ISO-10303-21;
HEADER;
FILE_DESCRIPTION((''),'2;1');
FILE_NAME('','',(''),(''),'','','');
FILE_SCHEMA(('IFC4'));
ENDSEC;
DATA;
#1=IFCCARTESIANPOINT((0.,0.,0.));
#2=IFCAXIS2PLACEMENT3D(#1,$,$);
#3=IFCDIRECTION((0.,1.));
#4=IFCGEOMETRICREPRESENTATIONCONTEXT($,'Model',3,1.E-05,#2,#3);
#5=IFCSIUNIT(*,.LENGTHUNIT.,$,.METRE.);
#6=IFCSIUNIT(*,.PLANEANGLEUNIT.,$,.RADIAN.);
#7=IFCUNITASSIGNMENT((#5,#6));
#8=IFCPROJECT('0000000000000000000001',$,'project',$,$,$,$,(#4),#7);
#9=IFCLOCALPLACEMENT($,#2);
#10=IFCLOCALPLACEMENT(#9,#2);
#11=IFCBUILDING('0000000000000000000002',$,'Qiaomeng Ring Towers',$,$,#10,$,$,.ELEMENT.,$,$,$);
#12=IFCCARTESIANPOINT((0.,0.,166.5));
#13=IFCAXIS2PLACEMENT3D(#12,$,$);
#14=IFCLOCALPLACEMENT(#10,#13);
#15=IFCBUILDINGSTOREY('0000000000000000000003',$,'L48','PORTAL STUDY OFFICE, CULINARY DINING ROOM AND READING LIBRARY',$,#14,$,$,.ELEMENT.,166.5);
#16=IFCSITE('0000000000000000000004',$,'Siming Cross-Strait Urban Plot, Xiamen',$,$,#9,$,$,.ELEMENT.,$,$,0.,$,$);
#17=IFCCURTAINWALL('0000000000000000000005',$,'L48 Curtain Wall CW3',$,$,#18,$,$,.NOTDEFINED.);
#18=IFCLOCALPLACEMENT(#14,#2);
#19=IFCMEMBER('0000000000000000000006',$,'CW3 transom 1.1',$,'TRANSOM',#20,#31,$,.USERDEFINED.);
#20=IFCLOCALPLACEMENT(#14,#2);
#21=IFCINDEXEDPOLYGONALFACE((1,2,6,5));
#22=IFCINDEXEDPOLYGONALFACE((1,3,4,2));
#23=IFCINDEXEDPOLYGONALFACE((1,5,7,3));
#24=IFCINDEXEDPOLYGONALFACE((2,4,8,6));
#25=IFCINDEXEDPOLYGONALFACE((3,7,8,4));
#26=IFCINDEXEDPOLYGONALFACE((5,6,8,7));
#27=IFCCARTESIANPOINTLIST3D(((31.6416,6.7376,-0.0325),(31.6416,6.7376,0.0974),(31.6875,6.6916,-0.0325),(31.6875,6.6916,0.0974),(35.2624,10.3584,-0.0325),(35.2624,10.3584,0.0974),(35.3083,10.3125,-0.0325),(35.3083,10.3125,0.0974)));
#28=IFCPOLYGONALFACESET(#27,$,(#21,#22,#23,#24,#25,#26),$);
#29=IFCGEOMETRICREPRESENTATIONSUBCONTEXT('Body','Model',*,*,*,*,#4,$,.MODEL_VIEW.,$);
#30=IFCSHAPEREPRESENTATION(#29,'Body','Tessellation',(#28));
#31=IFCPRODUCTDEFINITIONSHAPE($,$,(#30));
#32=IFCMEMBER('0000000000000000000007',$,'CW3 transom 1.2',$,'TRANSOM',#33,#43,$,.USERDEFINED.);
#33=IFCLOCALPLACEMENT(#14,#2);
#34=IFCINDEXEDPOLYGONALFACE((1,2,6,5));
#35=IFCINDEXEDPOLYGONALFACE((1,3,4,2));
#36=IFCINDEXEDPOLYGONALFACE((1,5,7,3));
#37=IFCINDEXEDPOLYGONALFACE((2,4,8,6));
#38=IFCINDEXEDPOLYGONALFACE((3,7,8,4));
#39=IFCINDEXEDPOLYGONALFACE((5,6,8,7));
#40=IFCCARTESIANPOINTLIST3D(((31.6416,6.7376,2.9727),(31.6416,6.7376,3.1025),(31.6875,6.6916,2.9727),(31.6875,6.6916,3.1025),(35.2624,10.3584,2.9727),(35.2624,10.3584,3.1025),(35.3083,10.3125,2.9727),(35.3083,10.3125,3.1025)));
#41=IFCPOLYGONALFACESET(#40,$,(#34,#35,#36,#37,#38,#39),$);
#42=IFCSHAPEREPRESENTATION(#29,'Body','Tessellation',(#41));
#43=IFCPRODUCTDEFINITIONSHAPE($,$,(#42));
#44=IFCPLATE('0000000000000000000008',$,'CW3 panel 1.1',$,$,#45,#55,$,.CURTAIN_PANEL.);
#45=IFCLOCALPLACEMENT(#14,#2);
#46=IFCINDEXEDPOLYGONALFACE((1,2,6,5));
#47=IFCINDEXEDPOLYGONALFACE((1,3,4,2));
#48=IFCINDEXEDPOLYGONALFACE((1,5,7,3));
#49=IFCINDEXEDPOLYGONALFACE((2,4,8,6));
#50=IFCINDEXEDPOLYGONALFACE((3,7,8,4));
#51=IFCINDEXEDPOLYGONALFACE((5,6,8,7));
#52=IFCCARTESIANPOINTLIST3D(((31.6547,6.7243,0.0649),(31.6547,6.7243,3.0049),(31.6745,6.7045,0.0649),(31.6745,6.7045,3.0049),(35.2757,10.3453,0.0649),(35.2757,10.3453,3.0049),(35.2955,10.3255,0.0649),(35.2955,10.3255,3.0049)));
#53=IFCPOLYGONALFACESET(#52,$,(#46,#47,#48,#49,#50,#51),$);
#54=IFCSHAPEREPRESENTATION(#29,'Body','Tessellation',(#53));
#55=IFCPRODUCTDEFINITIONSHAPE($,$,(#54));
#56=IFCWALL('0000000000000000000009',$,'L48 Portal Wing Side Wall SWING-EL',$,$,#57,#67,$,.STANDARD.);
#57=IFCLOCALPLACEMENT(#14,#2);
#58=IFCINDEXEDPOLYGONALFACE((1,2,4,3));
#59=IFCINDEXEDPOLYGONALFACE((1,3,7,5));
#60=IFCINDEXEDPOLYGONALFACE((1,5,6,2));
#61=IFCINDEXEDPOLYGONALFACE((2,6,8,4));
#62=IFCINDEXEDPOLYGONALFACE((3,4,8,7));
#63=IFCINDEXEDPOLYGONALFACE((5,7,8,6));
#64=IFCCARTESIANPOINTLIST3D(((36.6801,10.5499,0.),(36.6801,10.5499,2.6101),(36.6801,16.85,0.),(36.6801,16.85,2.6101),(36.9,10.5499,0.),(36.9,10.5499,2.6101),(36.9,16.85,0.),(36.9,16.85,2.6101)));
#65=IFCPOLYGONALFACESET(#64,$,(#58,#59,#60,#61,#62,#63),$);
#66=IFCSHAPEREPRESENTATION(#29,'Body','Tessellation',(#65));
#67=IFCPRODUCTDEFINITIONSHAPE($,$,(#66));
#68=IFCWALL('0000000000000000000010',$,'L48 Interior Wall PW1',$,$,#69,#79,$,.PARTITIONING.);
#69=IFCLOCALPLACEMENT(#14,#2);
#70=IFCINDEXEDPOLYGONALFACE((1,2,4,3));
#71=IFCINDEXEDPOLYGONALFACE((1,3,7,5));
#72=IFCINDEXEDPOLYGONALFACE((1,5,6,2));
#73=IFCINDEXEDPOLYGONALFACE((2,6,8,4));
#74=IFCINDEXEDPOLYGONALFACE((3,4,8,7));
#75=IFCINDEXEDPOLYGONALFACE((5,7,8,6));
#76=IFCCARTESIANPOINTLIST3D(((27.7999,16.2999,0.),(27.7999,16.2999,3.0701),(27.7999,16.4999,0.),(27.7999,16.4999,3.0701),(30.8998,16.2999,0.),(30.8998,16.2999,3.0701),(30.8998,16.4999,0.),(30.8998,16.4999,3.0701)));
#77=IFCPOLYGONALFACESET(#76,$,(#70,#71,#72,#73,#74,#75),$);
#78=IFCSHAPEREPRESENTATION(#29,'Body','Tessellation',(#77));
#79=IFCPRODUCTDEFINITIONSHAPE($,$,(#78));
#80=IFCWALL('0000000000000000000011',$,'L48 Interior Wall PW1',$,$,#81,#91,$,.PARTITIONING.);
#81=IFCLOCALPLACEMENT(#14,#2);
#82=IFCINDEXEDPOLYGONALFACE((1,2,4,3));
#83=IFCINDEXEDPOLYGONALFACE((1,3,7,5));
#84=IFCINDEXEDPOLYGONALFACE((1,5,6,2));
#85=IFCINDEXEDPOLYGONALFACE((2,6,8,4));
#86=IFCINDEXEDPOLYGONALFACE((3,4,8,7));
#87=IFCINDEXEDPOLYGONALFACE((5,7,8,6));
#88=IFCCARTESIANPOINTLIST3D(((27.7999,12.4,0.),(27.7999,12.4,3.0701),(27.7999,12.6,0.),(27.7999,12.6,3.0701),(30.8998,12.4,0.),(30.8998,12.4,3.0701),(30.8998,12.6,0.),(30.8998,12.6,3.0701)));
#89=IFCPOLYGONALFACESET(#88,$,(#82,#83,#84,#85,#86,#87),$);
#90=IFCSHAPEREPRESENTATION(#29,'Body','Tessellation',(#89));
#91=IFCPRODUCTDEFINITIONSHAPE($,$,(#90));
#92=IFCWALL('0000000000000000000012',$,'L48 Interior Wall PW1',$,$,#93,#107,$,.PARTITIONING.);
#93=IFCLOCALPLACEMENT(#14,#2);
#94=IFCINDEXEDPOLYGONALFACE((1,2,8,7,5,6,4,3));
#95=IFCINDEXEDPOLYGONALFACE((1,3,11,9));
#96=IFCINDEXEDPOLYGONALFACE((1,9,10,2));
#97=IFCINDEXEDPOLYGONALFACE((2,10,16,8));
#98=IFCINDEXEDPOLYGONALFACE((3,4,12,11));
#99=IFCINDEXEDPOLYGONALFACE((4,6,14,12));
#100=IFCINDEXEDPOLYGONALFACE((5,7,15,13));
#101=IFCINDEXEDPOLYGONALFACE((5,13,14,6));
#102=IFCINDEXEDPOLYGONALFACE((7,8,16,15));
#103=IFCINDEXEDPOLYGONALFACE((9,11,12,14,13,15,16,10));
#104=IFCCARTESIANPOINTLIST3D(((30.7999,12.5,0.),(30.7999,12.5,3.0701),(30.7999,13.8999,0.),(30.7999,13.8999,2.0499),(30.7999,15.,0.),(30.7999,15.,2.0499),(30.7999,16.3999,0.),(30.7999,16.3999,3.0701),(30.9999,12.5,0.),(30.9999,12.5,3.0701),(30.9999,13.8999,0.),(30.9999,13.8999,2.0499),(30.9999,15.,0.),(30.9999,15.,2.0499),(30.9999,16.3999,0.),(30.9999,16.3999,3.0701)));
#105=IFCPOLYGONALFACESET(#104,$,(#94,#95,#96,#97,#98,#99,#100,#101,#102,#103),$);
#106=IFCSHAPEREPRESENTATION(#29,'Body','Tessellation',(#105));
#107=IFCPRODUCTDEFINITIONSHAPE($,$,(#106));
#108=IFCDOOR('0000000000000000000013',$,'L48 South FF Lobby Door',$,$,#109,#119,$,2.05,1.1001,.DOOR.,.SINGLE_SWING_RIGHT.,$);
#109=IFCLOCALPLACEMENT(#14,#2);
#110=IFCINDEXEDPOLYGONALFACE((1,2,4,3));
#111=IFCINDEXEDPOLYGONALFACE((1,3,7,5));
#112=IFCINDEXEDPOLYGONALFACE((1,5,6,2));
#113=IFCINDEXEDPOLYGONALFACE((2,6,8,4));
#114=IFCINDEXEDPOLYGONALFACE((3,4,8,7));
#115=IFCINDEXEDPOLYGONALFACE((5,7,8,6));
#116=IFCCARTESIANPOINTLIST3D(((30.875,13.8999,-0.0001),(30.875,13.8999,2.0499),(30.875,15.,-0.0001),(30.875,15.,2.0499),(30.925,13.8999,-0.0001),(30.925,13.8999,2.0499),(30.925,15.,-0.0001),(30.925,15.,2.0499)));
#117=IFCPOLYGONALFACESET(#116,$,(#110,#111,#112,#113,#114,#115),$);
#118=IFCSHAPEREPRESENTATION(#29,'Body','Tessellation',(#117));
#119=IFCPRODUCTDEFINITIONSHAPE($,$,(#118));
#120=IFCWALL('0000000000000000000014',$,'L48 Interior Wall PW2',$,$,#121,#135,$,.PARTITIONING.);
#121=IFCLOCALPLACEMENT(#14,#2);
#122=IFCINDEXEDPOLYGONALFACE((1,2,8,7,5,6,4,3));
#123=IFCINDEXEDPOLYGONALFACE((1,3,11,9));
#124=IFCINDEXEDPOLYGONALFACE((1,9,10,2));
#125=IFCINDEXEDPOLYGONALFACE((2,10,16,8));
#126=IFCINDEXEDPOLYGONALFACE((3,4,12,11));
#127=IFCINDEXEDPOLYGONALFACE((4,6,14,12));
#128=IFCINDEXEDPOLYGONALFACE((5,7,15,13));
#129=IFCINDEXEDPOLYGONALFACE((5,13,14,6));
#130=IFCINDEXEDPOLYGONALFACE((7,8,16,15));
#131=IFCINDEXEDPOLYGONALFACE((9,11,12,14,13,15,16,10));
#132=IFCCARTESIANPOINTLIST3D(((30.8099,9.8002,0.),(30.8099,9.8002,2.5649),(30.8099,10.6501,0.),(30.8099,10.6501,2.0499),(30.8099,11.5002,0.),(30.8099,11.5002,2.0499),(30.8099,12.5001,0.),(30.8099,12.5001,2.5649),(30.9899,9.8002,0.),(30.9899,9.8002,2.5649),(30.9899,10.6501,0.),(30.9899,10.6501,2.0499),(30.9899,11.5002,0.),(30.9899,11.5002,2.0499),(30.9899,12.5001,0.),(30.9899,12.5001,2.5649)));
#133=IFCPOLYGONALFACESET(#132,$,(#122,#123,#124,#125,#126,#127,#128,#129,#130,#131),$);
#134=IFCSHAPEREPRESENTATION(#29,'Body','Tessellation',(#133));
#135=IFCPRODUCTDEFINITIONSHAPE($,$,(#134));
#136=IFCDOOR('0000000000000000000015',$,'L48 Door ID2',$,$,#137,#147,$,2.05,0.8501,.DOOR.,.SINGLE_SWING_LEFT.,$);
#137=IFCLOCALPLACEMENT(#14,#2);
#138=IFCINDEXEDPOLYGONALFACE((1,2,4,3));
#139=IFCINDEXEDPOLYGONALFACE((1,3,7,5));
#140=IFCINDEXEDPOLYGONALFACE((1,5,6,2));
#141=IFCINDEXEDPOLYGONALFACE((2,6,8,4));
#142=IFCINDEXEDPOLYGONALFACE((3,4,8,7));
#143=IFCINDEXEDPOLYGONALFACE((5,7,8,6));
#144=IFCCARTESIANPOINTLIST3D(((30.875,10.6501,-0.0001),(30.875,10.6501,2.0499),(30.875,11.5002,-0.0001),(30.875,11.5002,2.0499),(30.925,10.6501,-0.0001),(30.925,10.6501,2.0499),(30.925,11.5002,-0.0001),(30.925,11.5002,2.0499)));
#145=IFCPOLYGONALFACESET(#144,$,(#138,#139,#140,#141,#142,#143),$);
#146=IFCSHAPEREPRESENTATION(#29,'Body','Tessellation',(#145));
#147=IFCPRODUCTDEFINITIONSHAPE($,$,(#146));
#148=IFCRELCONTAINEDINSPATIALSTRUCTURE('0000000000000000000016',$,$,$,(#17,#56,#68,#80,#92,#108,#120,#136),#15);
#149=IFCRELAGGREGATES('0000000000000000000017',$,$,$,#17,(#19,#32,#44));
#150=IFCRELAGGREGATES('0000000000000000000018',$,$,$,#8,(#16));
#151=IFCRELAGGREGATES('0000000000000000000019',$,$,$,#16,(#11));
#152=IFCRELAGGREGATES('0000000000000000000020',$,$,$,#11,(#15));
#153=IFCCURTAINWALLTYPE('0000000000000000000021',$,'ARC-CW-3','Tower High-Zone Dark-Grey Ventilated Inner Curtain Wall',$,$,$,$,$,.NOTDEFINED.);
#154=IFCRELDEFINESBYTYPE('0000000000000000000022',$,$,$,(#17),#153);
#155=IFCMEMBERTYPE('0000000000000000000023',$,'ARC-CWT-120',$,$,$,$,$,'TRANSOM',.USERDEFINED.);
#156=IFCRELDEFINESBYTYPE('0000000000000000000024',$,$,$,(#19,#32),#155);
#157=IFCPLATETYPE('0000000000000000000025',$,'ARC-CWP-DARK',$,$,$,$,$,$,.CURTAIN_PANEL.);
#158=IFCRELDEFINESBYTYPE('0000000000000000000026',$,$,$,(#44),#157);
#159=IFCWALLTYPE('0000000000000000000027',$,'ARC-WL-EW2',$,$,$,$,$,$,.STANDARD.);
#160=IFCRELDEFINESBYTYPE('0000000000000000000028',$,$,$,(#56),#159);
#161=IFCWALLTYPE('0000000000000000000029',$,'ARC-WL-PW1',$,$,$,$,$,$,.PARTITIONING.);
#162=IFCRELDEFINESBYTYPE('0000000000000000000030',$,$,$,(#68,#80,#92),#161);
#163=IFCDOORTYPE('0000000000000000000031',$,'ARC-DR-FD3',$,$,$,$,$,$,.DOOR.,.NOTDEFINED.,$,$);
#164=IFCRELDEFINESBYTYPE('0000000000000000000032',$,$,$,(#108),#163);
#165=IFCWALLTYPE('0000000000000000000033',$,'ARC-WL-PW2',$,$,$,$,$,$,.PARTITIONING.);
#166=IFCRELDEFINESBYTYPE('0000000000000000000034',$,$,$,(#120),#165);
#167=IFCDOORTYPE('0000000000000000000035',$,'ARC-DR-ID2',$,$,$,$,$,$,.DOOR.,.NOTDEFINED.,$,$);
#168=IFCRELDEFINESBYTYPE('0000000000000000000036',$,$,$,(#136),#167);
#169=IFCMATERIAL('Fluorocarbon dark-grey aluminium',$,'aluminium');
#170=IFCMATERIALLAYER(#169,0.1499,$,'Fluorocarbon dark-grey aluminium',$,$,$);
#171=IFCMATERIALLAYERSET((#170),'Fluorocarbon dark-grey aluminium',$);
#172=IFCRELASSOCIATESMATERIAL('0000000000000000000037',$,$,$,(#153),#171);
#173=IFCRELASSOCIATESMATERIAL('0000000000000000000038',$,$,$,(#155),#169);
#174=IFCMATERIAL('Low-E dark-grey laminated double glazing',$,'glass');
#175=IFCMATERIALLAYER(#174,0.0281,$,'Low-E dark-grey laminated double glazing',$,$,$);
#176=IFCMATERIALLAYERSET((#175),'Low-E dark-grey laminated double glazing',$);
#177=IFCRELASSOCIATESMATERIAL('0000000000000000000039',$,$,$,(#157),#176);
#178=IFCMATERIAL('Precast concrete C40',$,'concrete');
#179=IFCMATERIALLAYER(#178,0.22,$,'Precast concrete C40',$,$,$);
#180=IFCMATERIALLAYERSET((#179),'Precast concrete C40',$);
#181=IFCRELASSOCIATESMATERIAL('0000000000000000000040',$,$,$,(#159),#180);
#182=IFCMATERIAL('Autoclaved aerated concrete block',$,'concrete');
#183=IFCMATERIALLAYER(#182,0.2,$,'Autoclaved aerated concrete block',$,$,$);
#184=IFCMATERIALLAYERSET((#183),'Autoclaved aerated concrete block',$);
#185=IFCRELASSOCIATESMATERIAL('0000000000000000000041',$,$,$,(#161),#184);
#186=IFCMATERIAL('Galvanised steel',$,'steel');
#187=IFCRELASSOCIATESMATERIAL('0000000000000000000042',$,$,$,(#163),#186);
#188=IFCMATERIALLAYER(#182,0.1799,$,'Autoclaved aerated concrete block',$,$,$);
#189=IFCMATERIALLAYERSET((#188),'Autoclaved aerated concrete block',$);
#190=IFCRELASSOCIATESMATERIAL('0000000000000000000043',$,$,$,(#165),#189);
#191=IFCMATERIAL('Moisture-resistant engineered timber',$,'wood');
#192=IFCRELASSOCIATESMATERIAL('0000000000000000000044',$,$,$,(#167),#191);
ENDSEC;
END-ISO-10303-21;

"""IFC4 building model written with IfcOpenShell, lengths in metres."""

from ifc_helpers import new_model, si_unit, direction, frame, frame_2d, origin, origin_2d, place, context, subcontext, project, spatial, rectangle, extrude, source, transform, mapped, material, layer, layer_set, material_profile, profile_set, type_object, element, fill, aggregate, save


model = new_model("IFC4")

# Units and contexts
model_context = context("Model", 3, precision=1e-05, world=origin(), true_north=direction((0.0, 1.0)))
body_context = subcontext(model_context, "Body", "Model", "MODEL_VIEW")
ifc_project = project(units=[si_unit("LENGTHUNIT", "METRE"), si_unit("PLANEANGLEUNIT", "RADIAN")], contexts=[model_context])

# Site, building, storey
site_placement = place(None, origin())
site = spatial("IfcSite", under=ifc_project, at=site_placement, Name="Siming Cross-Strait Urban Plot, Xiamen", CompositionType="ELEMENT", RefElevation=0.0)
building_placement = place(site_placement, origin())
building = spatial("IfcBuilding", under=site, at=building_placement, Name="Qiaomeng Ring Towers", CompositionType="ELEMENT")
storey_placement = place(building_placement, frame((0.0, 0.0, 166.5)))
storey = spatial("IfcBuildingStorey", under=building, at=storey_placement, Name="L48", Description="PORTAL STUDY OFFICE, CULINARY DINING ROOM AND READING LIBRARY", CompositionType="ELEMENT", Elevation=166.5)

# Curtain wall, members, plate
ifc_material_1 = material(Name="Fluorocarbon dark-grey aluminium", Category="aluminium")
ifc_layer_1 = layer(ifc_material_1, 0.1499, Name="Fluorocarbon dark-grey aluminium")
ifc_layer_set_1 = layer_set([ifc_layer_1], Name="Fluorocarbon dark-grey aluminium")
curtain_wall_type = type_object("IfcCurtainWallType", Name="ARC-CW-3", Description="Tower High-Zone Dark-Grey Ventilated Inner Curtain Wall", PredefinedType="NOTDEFINED", material=ifc_layer_set_1)
curtain_wall_placement = place(storey_placement, origin())
curtain_wall = element("IfcCurtainWall", 1, at=curtain_wall_placement, inside=storey, type_object=curtain_wall_type, Name="L48 Curtain Wall CW3", PredefinedType="NOTDEFINED")
ifc_material_profile_1 = material_profile(ifc_material_1, rectangle(XDim=0.0649, YDim=0.1299, at=origin_2d()), Name="ALU TRAN 65x130")
ifc_profile_set_1 = profile_set([ifc_material_profile_1], Name="Fluorocarbon dark-grey aluminium")
member_type_1 = type_object("IfcMemberType", Name="ARC-CWT-120", ElementType="TRANSOM", PredefinedType="USERDEFINED", material=ifc_profile_set_1)
shared_shape_1 = source(origin(), body_context, "Body", "SweptSolid", [
    extrude(rectangle(XDim=0.0649, YDim=0.1299, at=origin_2d()), origin(), (0.0, 0.0, 1.0), 5.1206),
])
member_1_placement = place(storey_placement, frame((31.6646, 6.7146, 0.0325), z_axis=(0.707107, 0.707107, 0.0), x_axis=(-0.707107, 0.707107, 0.0)))
member_1 = element("IfcMember", 2, at=member_1_placement, type_object=member_type_1, Name="CW3 transom 1.1", ObjectType="TRANSOM", PredefinedType="USERDEFINED", context=body_context, shape_type="MappedRepresentation", body=[
    mapped(shared_shape_1, transform((0.0, 0.0, 0.0), x_axis=(1.0, 0.0, 0.0), y_axis=(0.0, 1.0, 0.0), z_axis=(0.0, 0.0, 1.0), scale=1.0)),
])
member_2_placement = place(storey_placement, frame((31.6646, 6.7146, 3.0376), z_axis=(0.707107, 0.707107, 0.0), x_axis=(-0.707107, 0.707107, 0.0)))
member_2 = element("IfcMember", 3, at=member_2_placement, type_object=member_type_1, Name="CW3 transom 1.2", ObjectType="TRANSOM", PredefinedType="USERDEFINED", context=body_context, shape_type="MappedRepresentation", body=[
    mapped(shared_shape_1, transform((0.0, 0.0, 0.0), x_axis=(1.0, 0.0, 0.0), y_axis=(0.0, 1.0, 0.0), z_axis=(0.0, 0.0, 1.0), scale=1.0)),
])
ifc_material_2 = material(Name="Low-E dark-grey laminated double glazing", Category="glass")
ifc_layer_2 = layer(ifc_material_2, 0.0281, Name="Low-E dark-grey laminated double glazing")
ifc_layer_set_2 = layer_set([ifc_layer_2], Name="Low-E dark-grey laminated double glazing")
plate_type = type_object("IfcPlateType", Name="ARC-CWP-DARK", PredefinedType="CURTAIN_PANEL", material=ifc_layer_set_2)
shared_shape_2 = source(origin(), body_context, "Body", "SweptSolid", [
    extrude(rectangle(XDim=5.1208, YDim=0.0281, at=origin_2d()), origin(), (0.0, 0.0, 1.0), 2.9399),
])
plate_placement = place(storey_placement, frame((33.4751, 8.5249, 0.0649), z_axis=(0.0, 0.0, 1.0), x_axis=(0.707107, 0.707107, 0.0)))
plate = element("IfcPlate", 4, at=plate_placement, type_object=plate_type, Name="CW3 panel 1.1", PredefinedType="CURTAIN_PANEL", context=body_context, shape_type="MappedRepresentation", body=[
    mapped(shared_shape_2, transform((0.0, 0.0, 0.0), x_axis=(1.0, 0.0, 0.0), y_axis=(0.0, 1.0, 0.0), z_axis=(0.0, 0.0, 1.0), scale=1.0)),
])
aggregate(curtain_wall, [member_1, member_2, plate])

# Walls
ifc_material_3 = material(Name="Precast concrete C40", Category="concrete")
ifc_layer_3 = layer(ifc_material_3, 0.22, Name="Precast concrete C40")
ifc_layer_set_3 = layer_set([ifc_layer_3], Name="Precast concrete C40")
wall_type_1 = type_object("IfcWallType", Name="ARC-WL-EW2", PredefinedType="STANDARD", material=ifc_layer_set_3)
wall_1_placement = place(storey_placement, frame((36.79, 10.55, 0.0), z_axis=(0.0, 0.0, 1.0), x_axis=(0.0, 1.0, 0.0)))
element("IfcWall", 5, at=wall_1_placement, inside=storey, type_object=wall_type_1, Name="L48 Portal Wing Side Wall SWING-EL", PredefinedType="STANDARD", context=body_context, shape_type="SweptSolid", body=[
    extrude(rectangle(XDim=6.3, YDim=0.22, at=frame_2d((3.1499, 0.0))), origin(), (0.0, 0.0, 1.0), 2.6101),
])
ifc_material_4 = material(Name="Autoclaved aerated concrete block", Category="concrete")
ifc_layer_4 = layer(ifc_material_4, 0.2, Name="Autoclaved aerated concrete block")
ifc_layer_set_4 = layer_set([ifc_layer_4], Name="Autoclaved aerated concrete block")
wall_type_2 = type_object("IfcWallType", Name="ARC-WL-PW1", PredefinedType="PARTITIONING", material=ifc_layer_set_4)
for number, where, z_axis, x_axis, name in (
    (6, (27.8, 16.3999, 0.0), (0.0, 0.0, 1.0), (1.0, 0.0, 0.0), "L48 Interior Wall PW1"),
    (7, (27.8, 12.5, 0.0), (0.0, 0.0, 1.0), (1.0, 0.0, 0.0), "L48 Interior Wall PW1"),
):
    element("IfcWall", number, at=place(storey_placement, frame(where, z_axis=z_axis, x_axis=x_axis)), inside=storey, type_object=wall_type_2, Name=name, PredefinedType="PARTITIONING", context=body_context, shape_type="SweptSolid", body=[
        extrude(rectangle(XDim=3.0999, YDim=0.2, at=frame_2d((1.5498, 0.0))), origin(), (0.0, 0.0, 1.0), 3.0701),
    ])

# Walls, openings, doors
wall_2_placement = place(storey_placement, frame((30.8999, 12.5, 0.0), z_axis=(0.0, 0.0, 1.0), x_axis=(0.0, 1.0, 0.0)))
wall_2 = element("IfcWall", 8, at=wall_2_placement, inside=storey, type_object=wall_type_2, Name="L48 Interior Wall PW1", PredefinedType="PARTITIONING", context=body_context, shape_type="SweptSolid", body=[
    extrude(rectangle(XDim=3.8999, YDim=0.2, at=frame_2d((1.95, 0.0))), origin(), (0.0, 0.0, 1.0), 3.0701),
])
opening_1_placement = place(wall_2_placement, frame((1.3999, 0.0, 0.0)))
opening_1 = element("IfcOpeningElement", 9, at=opening_1_placement, cuts=wall_2, PredefinedType="OPENING", context=body_context, shape_type="SweptSolid", body=[
    extrude(rectangle(XDim=1.1001, YDim=2.05, at=frame_2d((0.55, 1.0249))), frame((0.0, 0.1099, 0.0), z_axis=(0.0, -1.0, 0.0), x_axis=(1.0, 0.0, 0.0)), (0.0, 0.0, 1.0), 0.22),
])
ifc_material_5 = material(Name="Galvanised steel", Category="steel")
door_type_1 = type_object("IfcDoorType", Name="ARC-DR-FD3", OperationType="NOTDEFINED", PredefinedType="DOOR", material=ifc_material_5)
shared_shape_3 = source(origin(), body_context, "Body", "SweptSolid", [
    extrude(rectangle(XDim=1.1001, YDim=2.05, at=frame_2d((0.55, 1.0249))), frame((0.0, 0.0249, 0.0), z_axis=(0.0, -1.0, 0.0), x_axis=(1.0, 0.0, 0.0)), (0.0, 0.0, 1.0), 0.05),
])
door_1_placement = place(opening_1_placement, origin())
door_1 = element("IfcDoor", 10, at=door_1_placement, inside=storey, type_object=door_type_1, Name="L48 South FF Lobby Door", OperationType="SINGLE_SWING_RIGHT", OverallHeight=2.05, OverallWidth=1.1001, PredefinedType="DOOR", context=body_context, shape_type="MappedRepresentation", body=[
    mapped(shared_shape_3, transform((0.0, 0.0, 0.0), x_axis=(1.0, 0.0, 0.0), y_axis=(0.0, 1.0, 0.0), z_axis=(0.0, 0.0, 1.0), scale=1.0)),
])
fill(opening_1, door_1)
ifc_layer_5 = layer(ifc_material_4, 0.1799, Name="Autoclaved aerated concrete block")
ifc_layer_set_5 = layer_set([ifc_layer_5], Name="Autoclaved aerated concrete block")
wall_type_3 = type_object("IfcWallType", Name="ARC-WL-PW2", PredefinedType="PARTITIONING", material=ifc_layer_set_5)
wall_3_placement = place(storey_placement, frame((30.8999, 9.8, 0.0), z_axis=(0.0, 0.0, 1.0), x_axis=(0.0, 1.0, 0.0)))
wall_3 = element("IfcWall", 11, at=wall_3_placement, inside=storey, type_object=wall_type_3, Name="L48 Interior Wall PW2", PredefinedType="PARTITIONING", context=body_context, shape_type="SweptSolid", body=[
    extrude(rectangle(XDim=2.7, YDim=0.1799, at=frame_2d((1.3501, 0.0))), origin(), (0.0, 0.0, 1.0), 2.5649),
])
opening_2_placement = place(wall_3_placement, frame((0.8501, 0.0, 0.0)))
opening_2 = element("IfcOpeningElement", 12, at=opening_2_placement, cuts=wall_3, PredefinedType="OPENING", context=body_context, shape_type="SweptSolid", body=[
    extrude(rectangle(XDim=0.8501, YDim=2.05, at=frame_2d((0.425, 1.0249))), frame((0.0, 0.0999, 0.0), z_axis=(0.0, -1.0, 0.0), x_axis=(1.0, 0.0, 0.0)), (0.0, 0.0, 1.0), 0.2),
])
ifc_material_6 = material(Name="Moisture-resistant engineered timber", Category="wood")
door_type_2 = type_object("IfcDoorType", Name="ARC-DR-ID2", OperationType="NOTDEFINED", PredefinedType="DOOR", material=ifc_material_6)
shared_shape_4 = source(origin(), body_context, "Body", "SweptSolid", [
    extrude(rectangle(XDim=0.8501, YDim=2.05, at=frame_2d((0.425, 1.0249))), frame((0.0, 0.0249, 0.0), z_axis=(0.0, -1.0, 0.0), x_axis=(1.0, 0.0, 0.0)), (0.0, 0.0, 1.0), 0.05),
])
door_2_placement = place(opening_2_placement, origin())
door_2 = element("IfcDoor", 13, at=door_2_placement, inside=storey, type_object=door_type_2, Name="L48 Door ID2", OperationType="SINGLE_SWING_LEFT", OverallHeight=2.05, OverallWidth=0.8501, PredefinedType="DOOR", context=body_context, shape_type="MappedRepresentation", body=[
    mapped(shared_shape_4, transform((0.0, 0.0, 0.0), x_axis=(1.0, 0.0, 0.0), y_axis=(0.0, 1.0, 0.0), z_axis=(0.0, 0.0, 1.0), scale=1.0)),
])
fill(opening_2, door_2)

save(model, "model.ifc")
